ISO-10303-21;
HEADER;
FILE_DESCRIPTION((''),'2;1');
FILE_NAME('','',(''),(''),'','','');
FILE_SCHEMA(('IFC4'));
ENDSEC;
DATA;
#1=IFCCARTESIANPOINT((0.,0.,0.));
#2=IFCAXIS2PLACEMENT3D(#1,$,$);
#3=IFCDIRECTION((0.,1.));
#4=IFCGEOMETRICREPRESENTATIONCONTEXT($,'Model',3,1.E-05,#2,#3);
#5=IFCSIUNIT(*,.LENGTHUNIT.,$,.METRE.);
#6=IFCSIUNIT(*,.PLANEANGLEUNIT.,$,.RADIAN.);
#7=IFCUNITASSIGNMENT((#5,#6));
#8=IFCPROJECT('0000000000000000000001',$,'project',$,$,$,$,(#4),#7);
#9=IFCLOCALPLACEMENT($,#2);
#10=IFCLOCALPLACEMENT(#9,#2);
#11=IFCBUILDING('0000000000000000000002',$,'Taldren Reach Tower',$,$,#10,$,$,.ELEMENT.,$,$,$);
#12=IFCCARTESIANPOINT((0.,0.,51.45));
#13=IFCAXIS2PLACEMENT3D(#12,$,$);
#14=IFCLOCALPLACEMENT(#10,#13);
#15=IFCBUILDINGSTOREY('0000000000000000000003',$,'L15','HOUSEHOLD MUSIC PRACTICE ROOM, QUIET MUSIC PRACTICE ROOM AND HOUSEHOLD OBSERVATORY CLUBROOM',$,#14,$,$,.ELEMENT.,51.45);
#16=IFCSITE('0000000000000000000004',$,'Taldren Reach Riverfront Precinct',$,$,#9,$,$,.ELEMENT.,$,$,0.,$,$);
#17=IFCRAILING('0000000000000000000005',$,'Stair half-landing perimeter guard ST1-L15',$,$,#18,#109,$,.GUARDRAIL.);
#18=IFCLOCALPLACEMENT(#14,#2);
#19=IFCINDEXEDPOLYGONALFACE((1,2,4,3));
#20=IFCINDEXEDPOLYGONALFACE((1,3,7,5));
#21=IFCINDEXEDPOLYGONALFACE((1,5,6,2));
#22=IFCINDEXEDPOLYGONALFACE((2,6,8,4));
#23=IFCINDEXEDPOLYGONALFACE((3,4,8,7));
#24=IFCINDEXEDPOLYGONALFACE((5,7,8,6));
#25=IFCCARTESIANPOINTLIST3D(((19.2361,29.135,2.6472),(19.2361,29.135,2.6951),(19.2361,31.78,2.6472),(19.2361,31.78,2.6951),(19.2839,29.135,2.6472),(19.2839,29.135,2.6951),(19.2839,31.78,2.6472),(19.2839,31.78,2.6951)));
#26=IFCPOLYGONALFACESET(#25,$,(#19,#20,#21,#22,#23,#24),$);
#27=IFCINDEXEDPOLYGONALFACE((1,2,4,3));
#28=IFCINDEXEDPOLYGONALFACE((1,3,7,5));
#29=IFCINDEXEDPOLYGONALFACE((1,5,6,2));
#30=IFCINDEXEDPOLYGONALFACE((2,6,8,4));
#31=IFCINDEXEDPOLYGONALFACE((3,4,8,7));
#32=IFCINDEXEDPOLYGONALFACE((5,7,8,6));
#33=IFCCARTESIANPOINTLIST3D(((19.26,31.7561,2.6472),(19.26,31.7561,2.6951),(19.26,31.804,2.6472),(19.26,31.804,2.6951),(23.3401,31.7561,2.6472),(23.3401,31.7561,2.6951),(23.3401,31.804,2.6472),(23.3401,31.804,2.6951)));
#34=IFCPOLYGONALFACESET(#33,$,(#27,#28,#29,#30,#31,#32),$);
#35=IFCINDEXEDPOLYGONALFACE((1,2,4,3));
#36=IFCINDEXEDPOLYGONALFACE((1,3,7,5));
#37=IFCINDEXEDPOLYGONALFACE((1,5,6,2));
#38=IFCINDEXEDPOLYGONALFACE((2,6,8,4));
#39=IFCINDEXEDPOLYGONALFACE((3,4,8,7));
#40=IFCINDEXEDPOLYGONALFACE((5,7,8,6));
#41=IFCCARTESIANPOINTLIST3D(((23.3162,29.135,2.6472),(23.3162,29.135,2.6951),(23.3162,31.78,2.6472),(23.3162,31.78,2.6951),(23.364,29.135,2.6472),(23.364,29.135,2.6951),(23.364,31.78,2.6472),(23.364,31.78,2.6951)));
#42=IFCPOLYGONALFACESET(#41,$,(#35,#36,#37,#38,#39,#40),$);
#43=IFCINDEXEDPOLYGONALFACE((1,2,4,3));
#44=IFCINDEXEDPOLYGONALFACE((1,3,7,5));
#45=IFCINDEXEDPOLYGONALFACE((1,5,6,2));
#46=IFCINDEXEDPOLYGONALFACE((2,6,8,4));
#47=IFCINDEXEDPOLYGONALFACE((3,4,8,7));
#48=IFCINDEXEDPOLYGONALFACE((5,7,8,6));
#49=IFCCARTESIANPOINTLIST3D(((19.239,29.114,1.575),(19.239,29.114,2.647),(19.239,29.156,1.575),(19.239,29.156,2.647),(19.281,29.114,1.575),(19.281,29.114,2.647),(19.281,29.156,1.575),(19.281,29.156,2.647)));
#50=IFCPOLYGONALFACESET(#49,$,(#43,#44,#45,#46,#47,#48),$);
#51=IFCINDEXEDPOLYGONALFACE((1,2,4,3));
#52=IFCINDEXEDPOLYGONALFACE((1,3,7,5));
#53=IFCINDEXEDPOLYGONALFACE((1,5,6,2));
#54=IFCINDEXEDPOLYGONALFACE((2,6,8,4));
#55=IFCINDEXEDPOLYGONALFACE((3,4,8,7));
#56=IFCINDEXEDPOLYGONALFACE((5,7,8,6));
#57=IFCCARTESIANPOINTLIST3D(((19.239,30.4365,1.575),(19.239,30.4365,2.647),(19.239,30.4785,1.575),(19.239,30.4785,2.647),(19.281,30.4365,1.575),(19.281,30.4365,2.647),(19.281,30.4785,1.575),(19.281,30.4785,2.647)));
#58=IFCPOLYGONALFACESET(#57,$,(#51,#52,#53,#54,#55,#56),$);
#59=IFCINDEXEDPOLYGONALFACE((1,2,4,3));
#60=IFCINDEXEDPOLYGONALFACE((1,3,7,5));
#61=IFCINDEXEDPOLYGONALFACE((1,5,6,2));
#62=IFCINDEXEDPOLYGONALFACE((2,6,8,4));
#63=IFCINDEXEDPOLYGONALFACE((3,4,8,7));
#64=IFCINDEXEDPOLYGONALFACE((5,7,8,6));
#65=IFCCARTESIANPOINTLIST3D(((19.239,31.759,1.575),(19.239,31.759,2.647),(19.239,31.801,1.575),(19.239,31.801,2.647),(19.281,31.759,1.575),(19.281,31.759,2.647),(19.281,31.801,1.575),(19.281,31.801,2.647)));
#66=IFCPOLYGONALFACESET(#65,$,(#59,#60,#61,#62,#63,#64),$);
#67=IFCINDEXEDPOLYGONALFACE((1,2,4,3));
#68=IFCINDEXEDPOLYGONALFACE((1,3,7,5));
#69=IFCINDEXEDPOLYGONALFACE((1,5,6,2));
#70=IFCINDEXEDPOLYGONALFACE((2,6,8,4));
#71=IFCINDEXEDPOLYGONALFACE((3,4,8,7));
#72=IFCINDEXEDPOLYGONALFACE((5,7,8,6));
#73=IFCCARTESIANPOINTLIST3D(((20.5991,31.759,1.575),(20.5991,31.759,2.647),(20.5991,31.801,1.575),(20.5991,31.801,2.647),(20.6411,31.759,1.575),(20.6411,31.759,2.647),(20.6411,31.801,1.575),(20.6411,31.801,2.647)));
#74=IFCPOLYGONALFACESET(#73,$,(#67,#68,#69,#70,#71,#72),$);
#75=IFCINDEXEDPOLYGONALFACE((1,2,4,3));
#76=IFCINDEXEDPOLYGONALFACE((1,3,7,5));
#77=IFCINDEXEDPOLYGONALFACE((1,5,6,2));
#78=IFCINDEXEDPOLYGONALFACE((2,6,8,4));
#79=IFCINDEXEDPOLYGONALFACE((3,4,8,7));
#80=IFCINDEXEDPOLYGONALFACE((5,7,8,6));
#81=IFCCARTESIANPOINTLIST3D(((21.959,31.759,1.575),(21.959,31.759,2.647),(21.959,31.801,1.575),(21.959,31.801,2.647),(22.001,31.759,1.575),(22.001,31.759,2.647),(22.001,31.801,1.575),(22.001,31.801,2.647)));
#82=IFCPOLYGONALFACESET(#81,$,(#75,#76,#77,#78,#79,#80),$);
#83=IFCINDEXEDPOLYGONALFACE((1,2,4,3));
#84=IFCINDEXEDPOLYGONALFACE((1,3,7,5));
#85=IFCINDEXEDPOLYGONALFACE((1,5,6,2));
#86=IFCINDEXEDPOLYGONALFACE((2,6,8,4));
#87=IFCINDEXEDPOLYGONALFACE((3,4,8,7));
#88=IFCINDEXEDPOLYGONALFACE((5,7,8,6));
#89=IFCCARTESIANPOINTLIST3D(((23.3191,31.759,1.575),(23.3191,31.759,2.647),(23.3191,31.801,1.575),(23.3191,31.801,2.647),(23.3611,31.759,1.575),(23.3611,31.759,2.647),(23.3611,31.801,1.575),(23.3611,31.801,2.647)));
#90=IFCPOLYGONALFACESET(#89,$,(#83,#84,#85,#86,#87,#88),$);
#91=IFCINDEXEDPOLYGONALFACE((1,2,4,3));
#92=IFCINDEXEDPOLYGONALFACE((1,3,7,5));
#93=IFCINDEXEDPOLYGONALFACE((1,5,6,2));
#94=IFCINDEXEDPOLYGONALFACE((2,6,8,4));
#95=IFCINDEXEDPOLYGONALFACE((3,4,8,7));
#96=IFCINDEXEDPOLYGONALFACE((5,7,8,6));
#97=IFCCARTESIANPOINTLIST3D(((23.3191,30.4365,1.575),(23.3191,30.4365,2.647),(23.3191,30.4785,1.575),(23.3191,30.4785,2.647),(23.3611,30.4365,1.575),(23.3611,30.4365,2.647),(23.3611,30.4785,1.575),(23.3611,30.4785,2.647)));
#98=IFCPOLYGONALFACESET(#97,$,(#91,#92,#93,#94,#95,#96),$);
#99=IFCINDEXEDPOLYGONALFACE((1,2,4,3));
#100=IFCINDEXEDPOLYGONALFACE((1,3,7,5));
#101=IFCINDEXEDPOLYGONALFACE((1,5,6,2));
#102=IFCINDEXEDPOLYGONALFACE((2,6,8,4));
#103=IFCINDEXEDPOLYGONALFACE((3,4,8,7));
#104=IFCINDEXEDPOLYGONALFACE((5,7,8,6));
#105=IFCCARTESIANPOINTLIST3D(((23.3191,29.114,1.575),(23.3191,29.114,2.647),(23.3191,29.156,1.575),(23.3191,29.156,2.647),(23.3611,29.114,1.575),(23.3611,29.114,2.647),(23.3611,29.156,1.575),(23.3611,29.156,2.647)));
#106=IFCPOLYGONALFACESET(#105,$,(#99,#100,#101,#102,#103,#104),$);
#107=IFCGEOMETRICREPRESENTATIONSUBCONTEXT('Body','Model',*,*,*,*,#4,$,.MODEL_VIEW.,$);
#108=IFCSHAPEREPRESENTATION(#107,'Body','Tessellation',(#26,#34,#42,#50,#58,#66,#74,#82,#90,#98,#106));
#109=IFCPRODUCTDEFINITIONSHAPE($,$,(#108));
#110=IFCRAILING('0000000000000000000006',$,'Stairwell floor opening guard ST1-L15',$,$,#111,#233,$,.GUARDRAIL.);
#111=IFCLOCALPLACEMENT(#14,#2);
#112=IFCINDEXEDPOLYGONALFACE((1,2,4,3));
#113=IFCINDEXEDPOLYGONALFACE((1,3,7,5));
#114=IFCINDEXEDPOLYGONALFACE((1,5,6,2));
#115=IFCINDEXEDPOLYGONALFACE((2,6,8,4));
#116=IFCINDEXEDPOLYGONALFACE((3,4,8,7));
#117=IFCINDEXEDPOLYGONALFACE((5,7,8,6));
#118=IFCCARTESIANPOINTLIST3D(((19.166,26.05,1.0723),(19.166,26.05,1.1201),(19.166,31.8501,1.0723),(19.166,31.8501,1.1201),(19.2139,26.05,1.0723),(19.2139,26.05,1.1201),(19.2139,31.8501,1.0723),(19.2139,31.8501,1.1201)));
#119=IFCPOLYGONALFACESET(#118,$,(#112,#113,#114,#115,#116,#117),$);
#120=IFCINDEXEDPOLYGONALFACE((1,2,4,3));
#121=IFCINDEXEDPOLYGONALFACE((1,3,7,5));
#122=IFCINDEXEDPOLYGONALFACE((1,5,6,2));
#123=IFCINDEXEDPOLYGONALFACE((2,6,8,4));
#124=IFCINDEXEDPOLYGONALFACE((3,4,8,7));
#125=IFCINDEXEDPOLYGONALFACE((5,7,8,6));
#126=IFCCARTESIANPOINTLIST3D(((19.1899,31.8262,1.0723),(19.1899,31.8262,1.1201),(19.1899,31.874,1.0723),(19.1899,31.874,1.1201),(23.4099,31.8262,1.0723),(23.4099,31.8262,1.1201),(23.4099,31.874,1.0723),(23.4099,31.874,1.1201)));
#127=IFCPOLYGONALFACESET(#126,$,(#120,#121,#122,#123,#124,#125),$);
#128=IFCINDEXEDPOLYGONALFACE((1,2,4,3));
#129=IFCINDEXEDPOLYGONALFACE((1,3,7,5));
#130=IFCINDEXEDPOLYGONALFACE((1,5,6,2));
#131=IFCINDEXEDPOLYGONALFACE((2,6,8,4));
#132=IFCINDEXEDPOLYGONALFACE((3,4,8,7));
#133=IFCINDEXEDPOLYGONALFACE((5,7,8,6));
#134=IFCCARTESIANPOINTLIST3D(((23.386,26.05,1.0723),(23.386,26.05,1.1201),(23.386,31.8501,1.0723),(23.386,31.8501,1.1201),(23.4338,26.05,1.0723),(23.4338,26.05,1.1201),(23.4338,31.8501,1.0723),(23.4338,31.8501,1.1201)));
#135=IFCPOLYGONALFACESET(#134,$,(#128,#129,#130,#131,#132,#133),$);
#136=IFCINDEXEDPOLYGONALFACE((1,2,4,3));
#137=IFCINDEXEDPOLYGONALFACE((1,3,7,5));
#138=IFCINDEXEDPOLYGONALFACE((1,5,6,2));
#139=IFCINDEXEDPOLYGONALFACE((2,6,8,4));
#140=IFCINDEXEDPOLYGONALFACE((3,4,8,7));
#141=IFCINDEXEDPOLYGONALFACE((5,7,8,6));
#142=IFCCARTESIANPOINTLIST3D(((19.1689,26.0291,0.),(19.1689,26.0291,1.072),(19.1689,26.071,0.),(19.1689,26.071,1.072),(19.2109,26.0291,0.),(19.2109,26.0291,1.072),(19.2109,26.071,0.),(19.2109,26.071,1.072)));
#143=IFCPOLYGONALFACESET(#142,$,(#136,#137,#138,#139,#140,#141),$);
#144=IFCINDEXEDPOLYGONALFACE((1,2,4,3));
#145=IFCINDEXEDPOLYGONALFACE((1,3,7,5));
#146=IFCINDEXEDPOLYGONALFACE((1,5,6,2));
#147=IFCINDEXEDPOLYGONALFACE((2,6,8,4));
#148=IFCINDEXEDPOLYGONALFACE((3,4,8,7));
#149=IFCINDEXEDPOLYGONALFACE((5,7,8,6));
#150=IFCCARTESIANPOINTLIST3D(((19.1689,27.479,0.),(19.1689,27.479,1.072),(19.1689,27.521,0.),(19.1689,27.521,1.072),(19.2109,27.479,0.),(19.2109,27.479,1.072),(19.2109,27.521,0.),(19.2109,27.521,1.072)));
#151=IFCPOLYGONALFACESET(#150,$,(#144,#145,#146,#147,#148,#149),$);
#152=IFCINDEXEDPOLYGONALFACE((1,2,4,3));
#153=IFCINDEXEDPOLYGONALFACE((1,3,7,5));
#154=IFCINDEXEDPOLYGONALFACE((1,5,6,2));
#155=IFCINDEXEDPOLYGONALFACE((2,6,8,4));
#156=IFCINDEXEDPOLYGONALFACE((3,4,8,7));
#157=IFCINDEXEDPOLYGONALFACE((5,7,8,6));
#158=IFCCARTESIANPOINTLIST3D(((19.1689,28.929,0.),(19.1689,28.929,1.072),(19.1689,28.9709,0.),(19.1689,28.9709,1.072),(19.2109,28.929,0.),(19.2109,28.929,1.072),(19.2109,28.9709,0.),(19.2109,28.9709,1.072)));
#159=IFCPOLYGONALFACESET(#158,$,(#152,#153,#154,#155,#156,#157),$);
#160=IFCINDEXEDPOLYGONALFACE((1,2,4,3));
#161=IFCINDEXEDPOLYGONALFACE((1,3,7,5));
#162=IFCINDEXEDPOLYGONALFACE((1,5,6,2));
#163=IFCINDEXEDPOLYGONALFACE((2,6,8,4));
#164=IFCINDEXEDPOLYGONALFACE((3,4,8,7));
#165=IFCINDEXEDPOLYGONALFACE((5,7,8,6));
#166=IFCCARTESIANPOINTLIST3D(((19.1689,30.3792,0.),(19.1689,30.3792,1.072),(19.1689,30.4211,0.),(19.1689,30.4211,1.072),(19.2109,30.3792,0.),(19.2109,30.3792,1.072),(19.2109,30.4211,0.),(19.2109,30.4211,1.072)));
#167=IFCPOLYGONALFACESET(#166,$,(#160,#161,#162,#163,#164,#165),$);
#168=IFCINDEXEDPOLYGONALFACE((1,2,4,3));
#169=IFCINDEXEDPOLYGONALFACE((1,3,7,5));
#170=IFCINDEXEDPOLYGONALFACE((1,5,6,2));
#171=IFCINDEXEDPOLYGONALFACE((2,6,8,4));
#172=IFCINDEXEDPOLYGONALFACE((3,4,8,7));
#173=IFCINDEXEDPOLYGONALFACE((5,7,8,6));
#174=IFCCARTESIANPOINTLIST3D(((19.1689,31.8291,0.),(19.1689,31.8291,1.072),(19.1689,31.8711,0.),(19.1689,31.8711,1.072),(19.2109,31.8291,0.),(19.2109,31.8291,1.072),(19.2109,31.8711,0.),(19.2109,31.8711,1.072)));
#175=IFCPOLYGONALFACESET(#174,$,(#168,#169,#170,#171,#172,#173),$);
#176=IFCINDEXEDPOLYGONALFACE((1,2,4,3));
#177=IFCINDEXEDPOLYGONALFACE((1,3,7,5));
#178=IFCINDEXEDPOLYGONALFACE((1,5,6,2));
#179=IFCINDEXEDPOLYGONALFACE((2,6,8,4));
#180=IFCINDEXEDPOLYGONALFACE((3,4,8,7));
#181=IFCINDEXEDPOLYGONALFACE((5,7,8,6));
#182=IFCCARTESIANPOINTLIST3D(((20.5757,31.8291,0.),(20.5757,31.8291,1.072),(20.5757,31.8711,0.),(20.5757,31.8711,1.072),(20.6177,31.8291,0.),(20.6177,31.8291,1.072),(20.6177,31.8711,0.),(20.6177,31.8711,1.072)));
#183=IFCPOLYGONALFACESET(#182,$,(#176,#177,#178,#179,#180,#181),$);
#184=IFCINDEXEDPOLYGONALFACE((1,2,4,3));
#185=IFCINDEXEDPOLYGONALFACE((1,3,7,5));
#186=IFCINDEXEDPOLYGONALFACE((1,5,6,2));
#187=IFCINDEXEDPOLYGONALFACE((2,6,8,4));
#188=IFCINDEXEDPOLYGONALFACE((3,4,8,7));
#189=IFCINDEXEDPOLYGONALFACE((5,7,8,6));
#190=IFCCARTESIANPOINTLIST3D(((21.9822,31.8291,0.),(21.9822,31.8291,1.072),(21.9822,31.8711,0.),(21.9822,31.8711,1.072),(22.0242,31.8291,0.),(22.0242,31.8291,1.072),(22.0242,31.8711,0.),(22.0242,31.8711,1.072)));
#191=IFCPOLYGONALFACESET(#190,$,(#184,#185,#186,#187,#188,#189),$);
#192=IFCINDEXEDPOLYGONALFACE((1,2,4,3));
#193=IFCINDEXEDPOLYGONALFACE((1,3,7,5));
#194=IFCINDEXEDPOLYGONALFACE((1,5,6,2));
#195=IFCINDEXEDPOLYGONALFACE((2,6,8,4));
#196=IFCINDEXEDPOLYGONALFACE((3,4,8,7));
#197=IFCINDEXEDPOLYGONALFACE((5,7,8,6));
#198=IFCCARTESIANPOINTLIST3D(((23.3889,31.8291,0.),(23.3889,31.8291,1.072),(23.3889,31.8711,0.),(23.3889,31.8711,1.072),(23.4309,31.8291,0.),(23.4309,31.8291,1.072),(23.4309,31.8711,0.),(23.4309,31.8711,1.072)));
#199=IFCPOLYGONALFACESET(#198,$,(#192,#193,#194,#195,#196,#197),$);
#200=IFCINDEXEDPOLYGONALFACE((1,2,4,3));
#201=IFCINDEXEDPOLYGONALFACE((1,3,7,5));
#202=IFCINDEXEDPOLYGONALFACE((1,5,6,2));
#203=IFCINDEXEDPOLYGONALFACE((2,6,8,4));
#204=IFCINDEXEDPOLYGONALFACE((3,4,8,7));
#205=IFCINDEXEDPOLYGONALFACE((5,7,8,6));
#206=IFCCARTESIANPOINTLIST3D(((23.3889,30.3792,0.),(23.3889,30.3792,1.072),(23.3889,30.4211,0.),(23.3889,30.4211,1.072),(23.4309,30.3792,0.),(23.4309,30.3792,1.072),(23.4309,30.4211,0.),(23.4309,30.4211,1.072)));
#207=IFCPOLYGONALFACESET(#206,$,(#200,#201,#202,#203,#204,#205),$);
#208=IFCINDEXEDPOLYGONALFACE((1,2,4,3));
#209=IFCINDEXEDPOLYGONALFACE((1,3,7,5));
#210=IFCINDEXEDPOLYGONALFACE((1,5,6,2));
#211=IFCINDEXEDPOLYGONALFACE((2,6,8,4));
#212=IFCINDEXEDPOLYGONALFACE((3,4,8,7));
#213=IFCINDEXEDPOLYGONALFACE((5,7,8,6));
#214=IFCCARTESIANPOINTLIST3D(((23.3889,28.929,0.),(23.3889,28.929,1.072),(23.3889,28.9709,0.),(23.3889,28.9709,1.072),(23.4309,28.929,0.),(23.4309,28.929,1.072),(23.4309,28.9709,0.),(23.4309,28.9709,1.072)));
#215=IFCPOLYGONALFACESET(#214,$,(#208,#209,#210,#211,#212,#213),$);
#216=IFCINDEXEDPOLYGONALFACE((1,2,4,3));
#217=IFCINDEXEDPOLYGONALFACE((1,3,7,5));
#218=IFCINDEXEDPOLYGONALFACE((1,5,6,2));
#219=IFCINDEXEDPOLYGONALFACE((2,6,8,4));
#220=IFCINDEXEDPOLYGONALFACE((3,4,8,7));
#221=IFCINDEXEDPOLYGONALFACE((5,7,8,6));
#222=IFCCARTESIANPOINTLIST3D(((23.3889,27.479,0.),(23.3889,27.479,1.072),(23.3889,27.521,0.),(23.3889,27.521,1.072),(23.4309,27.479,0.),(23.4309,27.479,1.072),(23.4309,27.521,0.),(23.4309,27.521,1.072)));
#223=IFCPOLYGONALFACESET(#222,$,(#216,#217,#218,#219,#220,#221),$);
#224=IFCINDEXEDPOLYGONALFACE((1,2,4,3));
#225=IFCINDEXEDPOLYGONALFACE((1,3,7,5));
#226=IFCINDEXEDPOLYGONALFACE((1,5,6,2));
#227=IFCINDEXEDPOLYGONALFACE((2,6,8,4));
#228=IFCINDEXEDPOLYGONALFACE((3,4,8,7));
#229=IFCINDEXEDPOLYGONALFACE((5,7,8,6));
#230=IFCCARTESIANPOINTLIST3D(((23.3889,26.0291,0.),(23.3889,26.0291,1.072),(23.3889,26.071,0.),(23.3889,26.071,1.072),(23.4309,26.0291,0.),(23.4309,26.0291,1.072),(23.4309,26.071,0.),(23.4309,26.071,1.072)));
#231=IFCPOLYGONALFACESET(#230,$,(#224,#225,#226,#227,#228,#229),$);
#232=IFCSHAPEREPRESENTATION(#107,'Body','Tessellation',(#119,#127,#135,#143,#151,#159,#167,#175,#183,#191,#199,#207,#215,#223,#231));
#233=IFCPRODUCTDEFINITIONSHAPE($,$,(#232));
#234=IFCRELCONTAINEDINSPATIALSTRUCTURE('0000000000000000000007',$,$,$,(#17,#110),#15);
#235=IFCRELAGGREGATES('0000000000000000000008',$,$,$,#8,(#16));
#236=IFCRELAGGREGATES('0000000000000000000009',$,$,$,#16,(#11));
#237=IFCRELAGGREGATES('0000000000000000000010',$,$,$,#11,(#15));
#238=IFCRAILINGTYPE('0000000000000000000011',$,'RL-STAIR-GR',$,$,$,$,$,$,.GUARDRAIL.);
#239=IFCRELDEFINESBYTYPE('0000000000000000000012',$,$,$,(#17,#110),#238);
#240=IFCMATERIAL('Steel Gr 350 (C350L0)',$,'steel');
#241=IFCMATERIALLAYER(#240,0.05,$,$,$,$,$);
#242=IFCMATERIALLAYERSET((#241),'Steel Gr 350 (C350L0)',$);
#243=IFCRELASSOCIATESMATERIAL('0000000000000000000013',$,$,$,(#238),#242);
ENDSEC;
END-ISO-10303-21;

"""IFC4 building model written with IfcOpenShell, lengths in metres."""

from ifc_helpers import new_model, si_unit, direction, frame, origin, origin_2d, place, context, subcontext, project, spatial, rectangle, extrude, material, layer, layer_set, type_object, element, save


model = new_model("IFC4")

# Units and contexts
model_context = context("Model", 3, precision=1e-05, world=origin(), true_north=direction((0.0, 1.0)))
body_context = subcontext(model_context, "Body", "Model", "MODEL_VIEW")
ifc_project = project(units=[si_unit("LENGTHUNIT", "METRE"), si_unit("PLANEANGLEUNIT", "RADIAN")], contexts=[model_context])

# Site, building, storey
site_placement = place(None, origin())
site = spatial("IfcSite", under=ifc_project, at=site_placement, Name="Taldren Reach Riverfront Precinct", CompositionType="ELEMENT", RefElevation=0.0)
building_placement = place(site_placement, origin())
building = spatial("IfcBuilding", under=site, at=building_placement, Name="Taldren Reach Tower", CompositionType="ELEMENT")
storey_placement = place(building_placement, frame((0.0, 0.0, 51.45)))
storey = spatial("IfcBuildingStorey", under=building, at=storey_placement, Name="L15", Description="HOUSEHOLD MUSIC PRACTICE ROOM, QUIET MUSIC PRACTICE ROOM AND HOUSEHOLD OBSERVATORY CLUBROOM", CompositionType="ELEMENT", Elevation=51.45)

# Shared definitions
ifc_material_1 = material(Name="Steel Gr 350 (C350L0)", Category="steel")

# Railings
ifc_layer_1 = layer(ifc_material_1, 0.05)
ifc_layer_set_1 = layer_set([ifc_layer_1], Name="Steel Gr 350 (C350L0)")
railing_type = type_object("IfcRailingType", Name="RL-STAIR-GR", PredefinedType="GUARDRAIL", material=ifc_layer_set_1)
railing_1_placement = place(storey_placement, frame((19.26, 29.135, 1.575)))
element("IfcRailing", 1, at=railing_1_placement, inside=storey, type_object=railing_type, Name="Stair half-landing perimeter guard ST1-L15", PredefinedType="GUARDRAIL", context=body_context, shape_type="SweptSolid", body=[
    extrude(rectangle(XDim=0.0479, YDim=0.0479, at=origin_2d()), frame((0.0, 0.0, 1.0962), z_axis=(0.0, 1.0, 0.0), x_axis=(-1.0, 0.0, 0.0)), (0.0, 0.0, 1.0), 2.645),
    extrude(rectangle(XDim=0.0479, YDim=0.0479, at=origin_2d()), frame((0.0, 2.645, 1.0962), z_axis=(1.0, 0.0, 0.0), x_axis=(0.0, 1.0, 0.0)), (0.0, 0.0, 1.0), 4.0801),
    extrude(rectangle(XDim=0.0479, YDim=0.0479, at=origin_2d()), frame((4.0801, 2.645, 1.0962), z_axis=(0.0, -1.0, 0.0), x_axis=(1.0, 0.0, 0.0)), (0.0, 0.0, 1.0), 2.645),
    extrude(rectangle(XDim=0.042, YDim=0.042, at=origin_2d()), origin(), (0.0, 0.0, 1.0), 1.072),
    extrude(rectangle(XDim=0.042, YDim=0.042, at=origin_2d()), frame((0.0, 1.3225, 0.0)), (0.0, 0.0, 1.0), 1.072),
    extrude(rectangle(XDim=0.042, YDim=0.042, at=origin_2d()), frame((0.0, 2.645, 0.0)), (0.0, 0.0, 1.0), 1.072),
    extrude(rectangle(XDim=0.042, YDim=0.042, at=origin_2d()), frame((1.3601, 2.645, 0.0)), (0.0, 0.0, 1.0), 1.072),
    extrude(rectangle(XDim=0.042, YDim=0.042, at=origin_2d()), frame((2.72, 2.645, 0.0)), (0.0, 0.0, 1.0), 1.072),
    extrude(rectangle(XDim=0.042, YDim=0.042, at=origin_2d()), frame((4.0801, 2.645, 0.0)), (0.0, 0.0, 1.0), 1.072),
    extrude(rectangle(XDim=0.042, YDim=0.042, at=origin_2d()), frame((4.0801, 1.3225, 0.0)), (0.0, 0.0, 1.0), 1.072),
    extrude(rectangle(XDim=0.042, YDim=0.042, at=origin_2d()), frame((4.0801, 0.0, 0.0)), (0.0, 0.0, 1.0), 1.072),
])
railing_2_placement = place(storey_placement, frame((19.1899, 26.05, 0.0)))
element("IfcRailing", 2, at=railing_2_placement, inside=storey, type_object=railing_type, Name="Stairwell floor opening guard ST1-L15", PredefinedType="GUARDRAIL", context=body_context, shape_type="SweptSolid", body=[
    extrude(rectangle(XDim=0.0479, YDim=0.0479, at=origin_2d()), frame((0.0, 0.0, 1.0962), z_axis=(0.0, 1.0, 0.0), x_axis=(-1.0, 0.0, 0.0)), (0.0, 0.0, 1.0), 5.8),
    extrude(rectangle(XDim=0.0479, YDim=0.0479, at=origin_2d()), frame((0.0, 5.8, 1.0962), z_axis=(1.0, 0.0, 0.0), x_axis=(0.0, 1.0, 0.0)), (0.0, 0.0, 1.0), 4.22),
    extrude(rectangle(XDim=0.0479, YDim=0.0479, at=origin_2d()), frame((4.22, 5.8, 1.0962), z_axis=(0.0, -1.0, 0.0), x_axis=(1.0, 0.0, 0.0)), (0.0, 0.0, 1.0), 5.8),
    extrude(rectangle(XDim=0.042, YDim=0.042, at=origin_2d()), origin(), (0.0, 0.0, 1.0), 1.072),
    extrude(rectangle(XDim=0.042, YDim=0.042, at=origin_2d()), frame((0.0, 1.45, 0.0)), (0.0, 0.0, 1.0), 1.072),
    extrude(rectangle(XDim=0.042, YDim=0.042, at=origin_2d()), frame((0.0, 2.8999, 0.0)), (0.0, 0.0, 1.0), 1.072),
    extrude(rectangle(XDim=0.042, YDim=0.042, at=origin_2d()), frame((0.0, 4.3501, 0.0)), (0.0, 0.0, 1.0), 1.072),
    extrude(rectangle(XDim=0.042, YDim=0.042, at=origin_2d()), frame((0.0, 5.8, 0.0)), (0.0, 0.0, 1.0), 1.072),
    extrude(rectangle(XDim=0.042, YDim=0.042, at=origin_2d()), frame((1.4067, 5.8, 0.0)), (0.0, 0.0, 1.0), 1.072),
    extrude(rectangle(XDim=0.042, YDim=0.042, at=origin_2d()), frame((2.8132, 5.8, 0.0)), (0.0, 0.0, 1.0), 1.072),
    extrude(rectangle(XDim=0.042, YDim=0.042, at=origin_2d()), frame((4.22, 5.8, 0.0)), (0.0, 0.0, 1.0), 1.072),
    extrude(rectangle(XDim=0.042, YDim=0.042, at=origin_2d()), frame((4.22, 4.3501, 0.0)), (0.0, 0.0, 1.0), 1.072),
    extrude(rectangle(XDim=0.042, YDim=0.042, at=origin_2d()), frame((4.22, 2.8999, 0.0)), (0.0, 0.0, 1.0), 1.072),
    extrude(rectangle(XDim=0.042, YDim=0.042, at=origin_2d()), frame((4.22, 1.45, 0.0)), (0.0, 0.0, 1.0), 1.072),
    extrude(rectangle(XDim=0.042, YDim=0.042, at=origin_2d()), frame((4.22, 0.0, 0.0)), (0.0, 0.0, 1.0), 1.072),
])

save(model, "model.ifc")
